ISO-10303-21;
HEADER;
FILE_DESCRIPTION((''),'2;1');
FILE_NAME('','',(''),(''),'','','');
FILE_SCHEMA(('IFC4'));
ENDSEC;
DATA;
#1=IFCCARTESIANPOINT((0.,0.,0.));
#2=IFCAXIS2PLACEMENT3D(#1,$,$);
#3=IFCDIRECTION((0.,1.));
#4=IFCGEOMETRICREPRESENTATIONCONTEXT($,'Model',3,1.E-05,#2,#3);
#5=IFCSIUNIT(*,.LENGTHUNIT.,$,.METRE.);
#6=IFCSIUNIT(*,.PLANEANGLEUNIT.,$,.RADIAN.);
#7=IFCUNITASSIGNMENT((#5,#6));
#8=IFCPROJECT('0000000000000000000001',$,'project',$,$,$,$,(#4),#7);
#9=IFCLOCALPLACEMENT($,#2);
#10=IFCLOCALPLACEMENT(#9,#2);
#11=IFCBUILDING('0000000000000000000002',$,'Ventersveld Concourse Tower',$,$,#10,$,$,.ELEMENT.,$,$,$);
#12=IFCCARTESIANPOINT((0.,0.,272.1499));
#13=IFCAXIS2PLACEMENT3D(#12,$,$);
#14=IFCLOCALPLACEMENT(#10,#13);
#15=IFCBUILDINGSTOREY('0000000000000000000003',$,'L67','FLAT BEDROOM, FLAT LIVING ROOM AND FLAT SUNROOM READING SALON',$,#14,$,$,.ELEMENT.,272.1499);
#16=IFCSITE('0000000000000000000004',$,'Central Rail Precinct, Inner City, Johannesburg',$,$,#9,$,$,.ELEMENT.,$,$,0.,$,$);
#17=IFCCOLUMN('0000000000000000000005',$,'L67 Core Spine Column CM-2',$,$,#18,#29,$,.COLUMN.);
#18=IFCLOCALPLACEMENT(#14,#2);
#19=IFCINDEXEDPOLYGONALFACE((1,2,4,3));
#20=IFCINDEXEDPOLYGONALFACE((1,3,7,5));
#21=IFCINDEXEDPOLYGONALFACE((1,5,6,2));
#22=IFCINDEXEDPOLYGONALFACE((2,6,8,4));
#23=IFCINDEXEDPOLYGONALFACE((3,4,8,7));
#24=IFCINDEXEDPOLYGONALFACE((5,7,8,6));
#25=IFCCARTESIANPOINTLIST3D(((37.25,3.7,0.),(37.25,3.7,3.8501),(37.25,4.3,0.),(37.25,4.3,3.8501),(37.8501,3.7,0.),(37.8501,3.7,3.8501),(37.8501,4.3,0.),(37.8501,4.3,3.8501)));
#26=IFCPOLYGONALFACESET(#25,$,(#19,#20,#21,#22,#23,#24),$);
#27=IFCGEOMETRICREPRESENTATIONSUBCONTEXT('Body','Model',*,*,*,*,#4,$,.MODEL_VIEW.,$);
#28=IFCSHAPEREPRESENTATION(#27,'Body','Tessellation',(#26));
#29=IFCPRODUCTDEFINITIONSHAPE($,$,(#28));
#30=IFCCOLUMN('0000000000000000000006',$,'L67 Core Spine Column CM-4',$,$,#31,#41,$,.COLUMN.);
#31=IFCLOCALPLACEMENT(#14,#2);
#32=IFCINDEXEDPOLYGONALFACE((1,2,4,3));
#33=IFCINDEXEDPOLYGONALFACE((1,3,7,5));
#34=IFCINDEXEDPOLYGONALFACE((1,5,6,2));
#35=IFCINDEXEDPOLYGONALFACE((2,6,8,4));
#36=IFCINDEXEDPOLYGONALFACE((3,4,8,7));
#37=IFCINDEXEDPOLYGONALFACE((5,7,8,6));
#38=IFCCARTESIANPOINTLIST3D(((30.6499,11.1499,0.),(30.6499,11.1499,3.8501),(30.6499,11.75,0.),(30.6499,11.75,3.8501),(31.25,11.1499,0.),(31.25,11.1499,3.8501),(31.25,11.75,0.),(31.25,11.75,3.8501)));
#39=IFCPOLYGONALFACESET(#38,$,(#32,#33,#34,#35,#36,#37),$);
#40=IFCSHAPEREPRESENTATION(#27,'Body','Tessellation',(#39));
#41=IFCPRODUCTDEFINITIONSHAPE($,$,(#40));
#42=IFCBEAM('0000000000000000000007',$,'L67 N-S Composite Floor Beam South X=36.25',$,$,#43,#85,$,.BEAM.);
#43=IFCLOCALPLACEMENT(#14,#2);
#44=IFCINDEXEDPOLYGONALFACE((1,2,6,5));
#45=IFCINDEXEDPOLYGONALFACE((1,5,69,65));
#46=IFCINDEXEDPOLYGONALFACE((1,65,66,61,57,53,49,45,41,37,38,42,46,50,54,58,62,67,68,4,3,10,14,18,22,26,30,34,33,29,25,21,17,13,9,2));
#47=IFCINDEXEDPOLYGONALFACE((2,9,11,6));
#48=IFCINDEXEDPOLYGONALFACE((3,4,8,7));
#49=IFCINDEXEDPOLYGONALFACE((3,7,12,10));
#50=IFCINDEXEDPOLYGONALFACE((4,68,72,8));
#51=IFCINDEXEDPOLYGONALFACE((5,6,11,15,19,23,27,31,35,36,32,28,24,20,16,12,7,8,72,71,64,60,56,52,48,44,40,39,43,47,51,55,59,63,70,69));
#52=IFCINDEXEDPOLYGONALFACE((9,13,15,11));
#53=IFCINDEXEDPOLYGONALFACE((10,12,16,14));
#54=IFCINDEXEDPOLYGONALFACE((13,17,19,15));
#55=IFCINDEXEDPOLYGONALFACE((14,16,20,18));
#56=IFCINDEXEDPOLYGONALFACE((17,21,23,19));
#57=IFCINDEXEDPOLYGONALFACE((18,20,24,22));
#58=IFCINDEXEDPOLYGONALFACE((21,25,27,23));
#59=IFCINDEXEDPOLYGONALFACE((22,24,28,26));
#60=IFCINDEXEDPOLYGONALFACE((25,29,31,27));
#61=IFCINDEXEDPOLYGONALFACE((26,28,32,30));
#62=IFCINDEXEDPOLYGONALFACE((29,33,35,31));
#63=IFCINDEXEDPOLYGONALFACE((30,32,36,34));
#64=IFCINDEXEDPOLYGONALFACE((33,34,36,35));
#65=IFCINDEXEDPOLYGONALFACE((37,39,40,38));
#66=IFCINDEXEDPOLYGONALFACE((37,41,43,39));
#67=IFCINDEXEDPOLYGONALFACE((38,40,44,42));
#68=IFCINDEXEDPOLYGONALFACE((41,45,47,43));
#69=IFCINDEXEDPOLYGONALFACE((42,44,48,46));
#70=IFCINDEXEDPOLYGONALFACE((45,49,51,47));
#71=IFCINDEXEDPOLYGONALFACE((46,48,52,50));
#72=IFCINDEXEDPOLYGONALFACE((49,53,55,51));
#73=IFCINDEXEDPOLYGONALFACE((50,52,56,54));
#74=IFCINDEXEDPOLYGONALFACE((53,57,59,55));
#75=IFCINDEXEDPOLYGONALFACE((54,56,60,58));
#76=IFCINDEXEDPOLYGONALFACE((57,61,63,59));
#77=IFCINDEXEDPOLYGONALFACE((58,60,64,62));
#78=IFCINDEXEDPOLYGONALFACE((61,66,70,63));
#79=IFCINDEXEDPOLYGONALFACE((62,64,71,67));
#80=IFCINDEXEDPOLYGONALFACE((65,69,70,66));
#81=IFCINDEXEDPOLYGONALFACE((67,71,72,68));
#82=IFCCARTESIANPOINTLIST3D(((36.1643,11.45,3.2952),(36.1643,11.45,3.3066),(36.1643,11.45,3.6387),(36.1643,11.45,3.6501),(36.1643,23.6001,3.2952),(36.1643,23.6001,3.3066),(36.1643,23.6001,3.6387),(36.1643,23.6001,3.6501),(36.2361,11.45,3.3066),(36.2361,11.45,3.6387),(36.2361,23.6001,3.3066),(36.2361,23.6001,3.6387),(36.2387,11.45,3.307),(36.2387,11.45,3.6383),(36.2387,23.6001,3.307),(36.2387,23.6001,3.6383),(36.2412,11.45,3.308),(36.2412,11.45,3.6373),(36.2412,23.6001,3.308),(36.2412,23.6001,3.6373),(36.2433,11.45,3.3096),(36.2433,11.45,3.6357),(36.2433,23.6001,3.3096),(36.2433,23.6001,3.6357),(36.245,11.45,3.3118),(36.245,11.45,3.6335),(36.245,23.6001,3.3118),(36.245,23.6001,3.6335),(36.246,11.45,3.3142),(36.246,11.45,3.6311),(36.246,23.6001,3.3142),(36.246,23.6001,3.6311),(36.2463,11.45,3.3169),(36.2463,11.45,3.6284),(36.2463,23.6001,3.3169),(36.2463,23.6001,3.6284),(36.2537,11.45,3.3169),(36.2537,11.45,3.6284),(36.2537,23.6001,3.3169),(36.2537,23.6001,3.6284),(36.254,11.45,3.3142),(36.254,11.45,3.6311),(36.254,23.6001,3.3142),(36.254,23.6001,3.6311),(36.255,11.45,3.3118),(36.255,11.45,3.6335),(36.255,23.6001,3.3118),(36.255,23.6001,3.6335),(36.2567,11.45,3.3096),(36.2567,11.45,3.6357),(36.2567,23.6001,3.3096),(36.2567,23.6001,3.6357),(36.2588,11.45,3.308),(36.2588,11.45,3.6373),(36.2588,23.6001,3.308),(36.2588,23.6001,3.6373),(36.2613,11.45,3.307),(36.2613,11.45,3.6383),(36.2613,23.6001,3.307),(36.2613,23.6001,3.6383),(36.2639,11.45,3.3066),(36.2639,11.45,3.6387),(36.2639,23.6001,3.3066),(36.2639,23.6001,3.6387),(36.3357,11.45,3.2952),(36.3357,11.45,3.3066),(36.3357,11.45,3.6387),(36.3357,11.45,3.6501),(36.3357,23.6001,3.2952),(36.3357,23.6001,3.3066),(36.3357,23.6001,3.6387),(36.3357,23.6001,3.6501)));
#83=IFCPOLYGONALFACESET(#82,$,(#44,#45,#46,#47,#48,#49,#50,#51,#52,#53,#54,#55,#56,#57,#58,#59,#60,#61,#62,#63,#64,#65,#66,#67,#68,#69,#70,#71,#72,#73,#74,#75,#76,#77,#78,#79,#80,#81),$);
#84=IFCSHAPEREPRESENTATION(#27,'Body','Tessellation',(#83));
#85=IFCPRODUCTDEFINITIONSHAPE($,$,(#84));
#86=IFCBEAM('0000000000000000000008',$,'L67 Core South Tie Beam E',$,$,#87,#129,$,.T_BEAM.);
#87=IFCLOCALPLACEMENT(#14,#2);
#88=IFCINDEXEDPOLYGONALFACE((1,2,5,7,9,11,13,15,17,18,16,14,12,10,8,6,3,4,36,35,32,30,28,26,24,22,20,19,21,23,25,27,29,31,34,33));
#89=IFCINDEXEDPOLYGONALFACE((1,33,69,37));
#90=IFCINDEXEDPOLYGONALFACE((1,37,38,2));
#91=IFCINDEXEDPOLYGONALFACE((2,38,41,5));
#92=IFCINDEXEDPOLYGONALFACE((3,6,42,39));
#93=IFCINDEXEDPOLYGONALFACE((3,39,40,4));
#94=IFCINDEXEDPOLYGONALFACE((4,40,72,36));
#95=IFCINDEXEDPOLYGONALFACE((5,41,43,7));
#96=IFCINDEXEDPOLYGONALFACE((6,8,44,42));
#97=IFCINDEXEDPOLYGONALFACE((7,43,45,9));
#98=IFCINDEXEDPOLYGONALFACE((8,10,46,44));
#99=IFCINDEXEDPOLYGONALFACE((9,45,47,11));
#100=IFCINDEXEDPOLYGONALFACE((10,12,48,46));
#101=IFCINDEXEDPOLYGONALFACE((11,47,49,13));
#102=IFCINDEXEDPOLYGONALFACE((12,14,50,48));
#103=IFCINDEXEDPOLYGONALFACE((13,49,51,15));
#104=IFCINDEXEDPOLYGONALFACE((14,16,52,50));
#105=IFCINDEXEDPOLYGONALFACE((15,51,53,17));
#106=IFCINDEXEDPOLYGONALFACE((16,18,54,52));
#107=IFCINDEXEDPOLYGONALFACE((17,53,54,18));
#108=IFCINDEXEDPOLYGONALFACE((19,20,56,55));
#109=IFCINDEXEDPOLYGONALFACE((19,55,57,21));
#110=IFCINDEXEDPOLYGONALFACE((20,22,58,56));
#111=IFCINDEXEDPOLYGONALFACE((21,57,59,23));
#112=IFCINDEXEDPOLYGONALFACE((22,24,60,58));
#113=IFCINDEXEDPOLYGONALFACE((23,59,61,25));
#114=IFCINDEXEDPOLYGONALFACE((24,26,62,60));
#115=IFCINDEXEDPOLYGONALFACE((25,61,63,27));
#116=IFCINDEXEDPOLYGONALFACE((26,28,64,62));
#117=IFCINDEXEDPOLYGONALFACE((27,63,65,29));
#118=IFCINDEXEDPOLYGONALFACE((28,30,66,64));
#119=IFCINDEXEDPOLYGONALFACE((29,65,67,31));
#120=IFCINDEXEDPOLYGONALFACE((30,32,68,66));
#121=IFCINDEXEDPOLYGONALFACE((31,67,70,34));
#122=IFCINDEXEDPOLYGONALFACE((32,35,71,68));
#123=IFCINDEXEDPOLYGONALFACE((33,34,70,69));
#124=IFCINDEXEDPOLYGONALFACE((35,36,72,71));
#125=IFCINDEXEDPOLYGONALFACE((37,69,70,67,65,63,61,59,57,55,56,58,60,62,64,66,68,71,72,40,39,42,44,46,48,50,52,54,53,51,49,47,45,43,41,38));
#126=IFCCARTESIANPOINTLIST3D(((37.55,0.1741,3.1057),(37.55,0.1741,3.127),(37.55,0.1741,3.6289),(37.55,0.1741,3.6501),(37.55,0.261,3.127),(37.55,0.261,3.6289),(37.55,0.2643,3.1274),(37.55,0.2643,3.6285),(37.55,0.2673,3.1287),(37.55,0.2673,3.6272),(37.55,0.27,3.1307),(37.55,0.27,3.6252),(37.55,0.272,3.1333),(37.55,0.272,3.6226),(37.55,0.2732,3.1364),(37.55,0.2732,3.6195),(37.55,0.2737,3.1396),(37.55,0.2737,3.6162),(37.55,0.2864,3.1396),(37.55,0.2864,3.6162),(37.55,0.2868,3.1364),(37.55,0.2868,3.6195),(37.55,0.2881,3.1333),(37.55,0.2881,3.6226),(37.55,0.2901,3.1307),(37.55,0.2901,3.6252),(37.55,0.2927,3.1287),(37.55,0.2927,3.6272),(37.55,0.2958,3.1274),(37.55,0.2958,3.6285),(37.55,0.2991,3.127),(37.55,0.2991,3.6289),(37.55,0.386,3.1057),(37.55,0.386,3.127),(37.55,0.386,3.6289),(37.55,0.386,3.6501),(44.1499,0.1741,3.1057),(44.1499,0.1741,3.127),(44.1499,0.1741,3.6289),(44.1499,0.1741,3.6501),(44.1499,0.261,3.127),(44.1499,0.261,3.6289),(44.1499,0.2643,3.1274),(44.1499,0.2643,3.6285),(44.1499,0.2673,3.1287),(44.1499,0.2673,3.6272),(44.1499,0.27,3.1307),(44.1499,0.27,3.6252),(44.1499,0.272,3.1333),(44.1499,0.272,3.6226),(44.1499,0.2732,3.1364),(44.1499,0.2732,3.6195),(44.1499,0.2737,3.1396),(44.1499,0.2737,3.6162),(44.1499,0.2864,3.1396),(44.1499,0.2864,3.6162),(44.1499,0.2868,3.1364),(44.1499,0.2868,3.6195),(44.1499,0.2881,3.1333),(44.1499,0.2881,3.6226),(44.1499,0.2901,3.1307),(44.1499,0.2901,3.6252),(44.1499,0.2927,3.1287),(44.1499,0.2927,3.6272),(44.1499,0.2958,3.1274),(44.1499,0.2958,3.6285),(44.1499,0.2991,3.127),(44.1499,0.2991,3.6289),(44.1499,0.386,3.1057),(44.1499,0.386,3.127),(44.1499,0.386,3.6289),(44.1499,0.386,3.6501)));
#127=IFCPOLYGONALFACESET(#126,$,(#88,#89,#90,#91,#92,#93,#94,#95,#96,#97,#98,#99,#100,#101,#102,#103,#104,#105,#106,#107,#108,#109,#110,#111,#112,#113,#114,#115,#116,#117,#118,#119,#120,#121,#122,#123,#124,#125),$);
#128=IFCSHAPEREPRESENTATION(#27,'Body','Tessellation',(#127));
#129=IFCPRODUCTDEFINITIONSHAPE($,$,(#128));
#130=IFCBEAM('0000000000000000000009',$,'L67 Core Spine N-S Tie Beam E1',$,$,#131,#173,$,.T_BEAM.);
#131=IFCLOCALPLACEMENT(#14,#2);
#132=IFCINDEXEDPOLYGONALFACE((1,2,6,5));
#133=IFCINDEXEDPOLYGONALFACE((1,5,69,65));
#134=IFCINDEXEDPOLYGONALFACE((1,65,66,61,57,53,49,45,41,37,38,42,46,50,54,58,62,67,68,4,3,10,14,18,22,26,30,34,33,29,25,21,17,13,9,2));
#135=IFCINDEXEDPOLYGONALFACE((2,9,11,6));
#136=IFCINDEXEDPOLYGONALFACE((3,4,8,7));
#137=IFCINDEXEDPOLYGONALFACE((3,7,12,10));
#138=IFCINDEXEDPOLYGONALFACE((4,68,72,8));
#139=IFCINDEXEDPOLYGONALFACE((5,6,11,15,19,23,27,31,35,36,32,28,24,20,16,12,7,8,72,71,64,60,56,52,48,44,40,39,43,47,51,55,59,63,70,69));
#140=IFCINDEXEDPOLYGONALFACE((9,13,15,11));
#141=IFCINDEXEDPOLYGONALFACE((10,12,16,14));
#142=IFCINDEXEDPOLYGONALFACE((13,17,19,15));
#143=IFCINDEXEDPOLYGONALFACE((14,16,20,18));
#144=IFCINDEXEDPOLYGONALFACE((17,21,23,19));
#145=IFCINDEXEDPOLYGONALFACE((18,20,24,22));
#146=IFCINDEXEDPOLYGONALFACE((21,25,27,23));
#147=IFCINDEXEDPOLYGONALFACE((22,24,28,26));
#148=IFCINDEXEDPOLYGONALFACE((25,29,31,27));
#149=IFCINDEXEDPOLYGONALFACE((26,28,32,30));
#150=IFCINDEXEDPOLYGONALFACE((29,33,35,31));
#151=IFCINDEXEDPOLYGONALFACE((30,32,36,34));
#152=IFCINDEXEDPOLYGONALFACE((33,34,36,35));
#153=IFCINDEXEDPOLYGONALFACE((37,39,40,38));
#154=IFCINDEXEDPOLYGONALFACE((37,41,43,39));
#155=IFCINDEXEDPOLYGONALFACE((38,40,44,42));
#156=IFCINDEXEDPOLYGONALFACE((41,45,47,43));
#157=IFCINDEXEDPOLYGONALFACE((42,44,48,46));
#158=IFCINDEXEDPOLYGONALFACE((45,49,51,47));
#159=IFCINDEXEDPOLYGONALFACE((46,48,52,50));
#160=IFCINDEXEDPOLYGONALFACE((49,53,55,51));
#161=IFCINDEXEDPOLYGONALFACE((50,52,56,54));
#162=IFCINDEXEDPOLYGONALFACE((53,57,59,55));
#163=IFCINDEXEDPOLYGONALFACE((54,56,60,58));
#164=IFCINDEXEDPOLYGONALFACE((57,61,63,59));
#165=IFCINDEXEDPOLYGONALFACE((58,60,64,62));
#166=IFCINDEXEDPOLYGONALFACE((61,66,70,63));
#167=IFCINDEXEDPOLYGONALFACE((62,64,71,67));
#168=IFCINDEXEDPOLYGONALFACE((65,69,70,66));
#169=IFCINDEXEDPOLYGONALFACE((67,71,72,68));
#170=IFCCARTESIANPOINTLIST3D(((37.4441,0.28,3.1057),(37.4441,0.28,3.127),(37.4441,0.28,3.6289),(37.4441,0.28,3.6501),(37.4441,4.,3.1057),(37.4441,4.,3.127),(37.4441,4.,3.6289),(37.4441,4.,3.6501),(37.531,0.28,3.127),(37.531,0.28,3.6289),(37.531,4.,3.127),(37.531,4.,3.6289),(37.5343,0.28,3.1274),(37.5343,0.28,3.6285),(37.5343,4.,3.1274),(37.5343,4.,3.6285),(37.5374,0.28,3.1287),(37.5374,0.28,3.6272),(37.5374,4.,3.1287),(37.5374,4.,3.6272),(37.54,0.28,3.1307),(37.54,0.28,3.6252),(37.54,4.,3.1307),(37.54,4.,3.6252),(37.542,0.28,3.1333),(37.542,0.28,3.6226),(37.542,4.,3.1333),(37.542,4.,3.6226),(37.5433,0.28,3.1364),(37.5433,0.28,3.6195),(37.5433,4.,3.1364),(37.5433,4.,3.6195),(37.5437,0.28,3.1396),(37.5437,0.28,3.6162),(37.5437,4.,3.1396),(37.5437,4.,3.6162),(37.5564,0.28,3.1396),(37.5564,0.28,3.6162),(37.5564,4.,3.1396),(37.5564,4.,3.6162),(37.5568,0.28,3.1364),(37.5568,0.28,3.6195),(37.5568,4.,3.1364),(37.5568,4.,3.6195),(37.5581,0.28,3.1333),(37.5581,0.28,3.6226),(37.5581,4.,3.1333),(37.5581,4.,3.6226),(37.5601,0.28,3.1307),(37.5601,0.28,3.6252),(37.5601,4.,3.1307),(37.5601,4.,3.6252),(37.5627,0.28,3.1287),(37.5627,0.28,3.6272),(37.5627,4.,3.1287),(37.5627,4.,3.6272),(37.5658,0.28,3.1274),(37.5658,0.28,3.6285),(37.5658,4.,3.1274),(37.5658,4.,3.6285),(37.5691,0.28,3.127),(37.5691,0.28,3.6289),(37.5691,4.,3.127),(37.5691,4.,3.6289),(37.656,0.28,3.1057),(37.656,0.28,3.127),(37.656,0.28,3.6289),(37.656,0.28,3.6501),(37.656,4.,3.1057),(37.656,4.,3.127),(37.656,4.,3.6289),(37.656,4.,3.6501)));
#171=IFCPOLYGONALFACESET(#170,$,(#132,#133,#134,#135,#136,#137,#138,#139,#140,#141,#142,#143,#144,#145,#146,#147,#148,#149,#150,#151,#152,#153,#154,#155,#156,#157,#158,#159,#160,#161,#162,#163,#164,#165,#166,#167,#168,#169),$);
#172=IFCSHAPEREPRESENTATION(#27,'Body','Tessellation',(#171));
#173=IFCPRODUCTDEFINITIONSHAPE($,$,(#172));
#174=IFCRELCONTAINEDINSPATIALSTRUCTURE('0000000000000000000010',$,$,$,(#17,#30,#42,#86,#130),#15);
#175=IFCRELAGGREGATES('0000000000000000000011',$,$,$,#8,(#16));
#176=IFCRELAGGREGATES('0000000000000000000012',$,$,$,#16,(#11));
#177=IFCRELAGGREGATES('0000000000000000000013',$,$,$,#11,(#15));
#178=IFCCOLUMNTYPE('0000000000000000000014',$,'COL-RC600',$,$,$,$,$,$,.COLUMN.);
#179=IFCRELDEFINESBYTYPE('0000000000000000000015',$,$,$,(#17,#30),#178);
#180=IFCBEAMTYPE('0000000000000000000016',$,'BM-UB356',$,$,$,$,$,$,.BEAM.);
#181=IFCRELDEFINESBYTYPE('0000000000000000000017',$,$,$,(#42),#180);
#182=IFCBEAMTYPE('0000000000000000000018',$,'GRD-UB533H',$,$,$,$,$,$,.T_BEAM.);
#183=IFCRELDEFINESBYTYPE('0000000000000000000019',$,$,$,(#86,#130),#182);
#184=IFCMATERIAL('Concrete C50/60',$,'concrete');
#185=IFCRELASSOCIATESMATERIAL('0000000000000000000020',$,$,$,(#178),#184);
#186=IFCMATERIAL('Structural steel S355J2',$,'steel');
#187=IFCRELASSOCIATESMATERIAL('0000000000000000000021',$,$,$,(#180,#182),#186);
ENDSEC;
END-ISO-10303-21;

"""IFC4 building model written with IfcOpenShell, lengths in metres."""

from ifc_helpers import new_model, si_unit, direction, frame, origin, origin_2d, place, context, subcontext, project, spatial, rectangle, i_section, extrude, material, material_profile, profile_set, type_object, element, save


model = new_model("IFC4")

# Units and contexts
model_context = context("Model", 3, precision=1e-05, world=origin(), true_north=direction((0.0, 1.0)))
body_context = subcontext(model_context, "Body", "Model", "MODEL_VIEW")
ifc_project = project(units=[si_unit("LENGTHUNIT", "METRE"), si_unit("PLANEANGLEUNIT", "RADIAN")], contexts=[model_context])

# Site, building, storey
site_placement = place(None, origin())
site = spatial("IfcSite", under=ifc_project, at=site_placement, Name="Central Rail Precinct, Inner City, Johannesburg", CompositionType="ELEMENT", RefElevation=0.0)
building_placement = place(site_placement, origin())
building = spatial("IfcBuilding", under=site, at=building_placement, Name="Ventersveld Concourse Tower", CompositionType="ELEMENT")
storey_placement = place(building_placement, frame((0.0, 0.0, 272.1499)))
storey = spatial("IfcBuildingStorey", under=building, at=storey_placement, Name="L67", Description="FLAT BEDROOM, FLAT LIVING ROOM AND FLAT SUNROOM READING SALON", CompositionType="ELEMENT", Elevation=272.1499)

# Columns
ifc_material_1 = material(Name="Concrete C50/60", Category="concrete")
ifc_material_profile_1 = material_profile(ifc_material_1, rectangle(XDim=0.6001, YDim=0.6001, at=origin_2d()), Name="RC 600x600")
ifc_profile_set_1 = profile_set([ifc_material_profile_1], Name="Concrete C50/60")
column_type = type_object("IfcColumnType", Name="COL-RC600", PredefinedType="COLUMN", material=ifc_profile_set_1)
for number, where, z_axis, x_axis, name in (
    (1, (37.55, 4.0, 0.0), (0.0, 0.0, 1.0), (1.0, 0.0, 0.0), "L67 Core Spine Column CM-2"),
    (2, (30.95, 11.45, 0.0), (0.0, 0.0, 1.0), (1.0, 0.0, 0.0), "L67 Core Spine Column CM-4"),
):
    element("IfcColumn", number, at=place(storey_placement, frame(where, z_axis=z_axis, x_axis=x_axis)), inside=storey, type_object=column_type, Name=name, PredefinedType="COLUMN", context=body_context, shape_type="SweptSolid", body=[
        extrude(rectangle(XDim=0.6001, YDim=0.6001, at=origin_2d()), origin(), (0.0, 0.0, 1.0), 3.8501),
    ])

# Beams
ifc_material_2 = material(Name="Structural steel S355J2", Category="steel")
ifc_material_profile_2 = material_profile(ifc_material_2, i_section(OverallWidth=0.1714, OverallDepth=0.355, WebThickness=0.0073, FlangeThickness=0.0115, FilletRadius=0.0103, at=origin_2d()), Name="UB 356x171x51")
ifc_profile_set_2 = profile_set([ifc_material_profile_2], Name="Structural steel S355J2")
beam_type_1 = type_object("IfcBeamType", Name="BM-UB356", PredefinedType="BEAM", material=ifc_profile_set_2)
beam_1_placement = place(storey_placement, frame((36.25, 11.45, 3.4727), z_axis=(0.0, 1.0, 0.0), x_axis=(-1.0, 0.0, 0.0)))
element("IfcBeam", 3, at=beam_1_placement, inside=storey, type_object=beam_type_1, Name="L67 N-S Composite Floor Beam South X=36.25", PredefinedType="BEAM", context=body_context, shape_type="SweptSolid", body=[
    extrude(i_section(OverallWidth=0.1714, OverallDepth=0.355, WebThickness=0.0073, FlangeThickness=0.0115, FilletRadius=0.0103, at=origin_2d()), origin(), (0.0, 0.0, 1.0), 12.1501),
])
ifc_material_profile_3 = material_profile(ifc_material_2, i_section(OverallWidth=0.2119, OverallDepth=0.5444, WebThickness=0.0127, FlangeThickness=0.0212, FilletRadius=0.0127, at=origin_2d()), Name="UB 533x210x122")
ifc_profile_set_3 = profile_set([ifc_material_profile_3], Name="Structural steel S355J2")
beam_type_2 = type_object("IfcBeamType", Name="GRD-UB533H", PredefinedType="T_BEAM", material=ifc_profile_set_3)
beam_2_placement = place(storey_placement, frame((37.55, 0.28, 3.3779), z_axis=(1.0, 0.0, 0.0), x_axis=(0.0, 1.0, 0.0)))
element("IfcBeam", 4, at=beam_2_placement, inside=storey, type_object=beam_type_2, Name="L67 Core South Tie Beam E", PredefinedType="T_BEAM", context=body_context, shape_type="SweptSolid", body=[
    extrude(i_section(OverallWidth=0.2119, OverallDepth=0.5444, WebThickness=0.0127, FlangeThickness=0.0212, FilletRadius=0.0127, at=origin_2d()), origin(), (0.0, 0.0, 1.0), 6.5999),
])
beam_3_placement = place(storey_placement, frame((37.55, 0.28, 3.3779), z_axis=(0.0, 1.0, 0.0), x_axis=(-1.0, 0.0, 0.0)))
element("IfcBeam", 5, at=beam_3_placement, inside=storey, type_object=beam_type_2, Name="L67 Core Spine N-S Tie Beam E1", PredefinedType="T_BEAM", context=body_context, shape_type="SweptSolid", body=[
    extrude(i_section(OverallWidth=0.2119, OverallDepth=0.5444, WebThickness=0.0127, FlangeThickness=0.0212, FilletRadius=0.0127, at=origin_2d()), origin(), (0.0, 0.0, 1.0), 3.72),
])

save(model, "model.ifc")
